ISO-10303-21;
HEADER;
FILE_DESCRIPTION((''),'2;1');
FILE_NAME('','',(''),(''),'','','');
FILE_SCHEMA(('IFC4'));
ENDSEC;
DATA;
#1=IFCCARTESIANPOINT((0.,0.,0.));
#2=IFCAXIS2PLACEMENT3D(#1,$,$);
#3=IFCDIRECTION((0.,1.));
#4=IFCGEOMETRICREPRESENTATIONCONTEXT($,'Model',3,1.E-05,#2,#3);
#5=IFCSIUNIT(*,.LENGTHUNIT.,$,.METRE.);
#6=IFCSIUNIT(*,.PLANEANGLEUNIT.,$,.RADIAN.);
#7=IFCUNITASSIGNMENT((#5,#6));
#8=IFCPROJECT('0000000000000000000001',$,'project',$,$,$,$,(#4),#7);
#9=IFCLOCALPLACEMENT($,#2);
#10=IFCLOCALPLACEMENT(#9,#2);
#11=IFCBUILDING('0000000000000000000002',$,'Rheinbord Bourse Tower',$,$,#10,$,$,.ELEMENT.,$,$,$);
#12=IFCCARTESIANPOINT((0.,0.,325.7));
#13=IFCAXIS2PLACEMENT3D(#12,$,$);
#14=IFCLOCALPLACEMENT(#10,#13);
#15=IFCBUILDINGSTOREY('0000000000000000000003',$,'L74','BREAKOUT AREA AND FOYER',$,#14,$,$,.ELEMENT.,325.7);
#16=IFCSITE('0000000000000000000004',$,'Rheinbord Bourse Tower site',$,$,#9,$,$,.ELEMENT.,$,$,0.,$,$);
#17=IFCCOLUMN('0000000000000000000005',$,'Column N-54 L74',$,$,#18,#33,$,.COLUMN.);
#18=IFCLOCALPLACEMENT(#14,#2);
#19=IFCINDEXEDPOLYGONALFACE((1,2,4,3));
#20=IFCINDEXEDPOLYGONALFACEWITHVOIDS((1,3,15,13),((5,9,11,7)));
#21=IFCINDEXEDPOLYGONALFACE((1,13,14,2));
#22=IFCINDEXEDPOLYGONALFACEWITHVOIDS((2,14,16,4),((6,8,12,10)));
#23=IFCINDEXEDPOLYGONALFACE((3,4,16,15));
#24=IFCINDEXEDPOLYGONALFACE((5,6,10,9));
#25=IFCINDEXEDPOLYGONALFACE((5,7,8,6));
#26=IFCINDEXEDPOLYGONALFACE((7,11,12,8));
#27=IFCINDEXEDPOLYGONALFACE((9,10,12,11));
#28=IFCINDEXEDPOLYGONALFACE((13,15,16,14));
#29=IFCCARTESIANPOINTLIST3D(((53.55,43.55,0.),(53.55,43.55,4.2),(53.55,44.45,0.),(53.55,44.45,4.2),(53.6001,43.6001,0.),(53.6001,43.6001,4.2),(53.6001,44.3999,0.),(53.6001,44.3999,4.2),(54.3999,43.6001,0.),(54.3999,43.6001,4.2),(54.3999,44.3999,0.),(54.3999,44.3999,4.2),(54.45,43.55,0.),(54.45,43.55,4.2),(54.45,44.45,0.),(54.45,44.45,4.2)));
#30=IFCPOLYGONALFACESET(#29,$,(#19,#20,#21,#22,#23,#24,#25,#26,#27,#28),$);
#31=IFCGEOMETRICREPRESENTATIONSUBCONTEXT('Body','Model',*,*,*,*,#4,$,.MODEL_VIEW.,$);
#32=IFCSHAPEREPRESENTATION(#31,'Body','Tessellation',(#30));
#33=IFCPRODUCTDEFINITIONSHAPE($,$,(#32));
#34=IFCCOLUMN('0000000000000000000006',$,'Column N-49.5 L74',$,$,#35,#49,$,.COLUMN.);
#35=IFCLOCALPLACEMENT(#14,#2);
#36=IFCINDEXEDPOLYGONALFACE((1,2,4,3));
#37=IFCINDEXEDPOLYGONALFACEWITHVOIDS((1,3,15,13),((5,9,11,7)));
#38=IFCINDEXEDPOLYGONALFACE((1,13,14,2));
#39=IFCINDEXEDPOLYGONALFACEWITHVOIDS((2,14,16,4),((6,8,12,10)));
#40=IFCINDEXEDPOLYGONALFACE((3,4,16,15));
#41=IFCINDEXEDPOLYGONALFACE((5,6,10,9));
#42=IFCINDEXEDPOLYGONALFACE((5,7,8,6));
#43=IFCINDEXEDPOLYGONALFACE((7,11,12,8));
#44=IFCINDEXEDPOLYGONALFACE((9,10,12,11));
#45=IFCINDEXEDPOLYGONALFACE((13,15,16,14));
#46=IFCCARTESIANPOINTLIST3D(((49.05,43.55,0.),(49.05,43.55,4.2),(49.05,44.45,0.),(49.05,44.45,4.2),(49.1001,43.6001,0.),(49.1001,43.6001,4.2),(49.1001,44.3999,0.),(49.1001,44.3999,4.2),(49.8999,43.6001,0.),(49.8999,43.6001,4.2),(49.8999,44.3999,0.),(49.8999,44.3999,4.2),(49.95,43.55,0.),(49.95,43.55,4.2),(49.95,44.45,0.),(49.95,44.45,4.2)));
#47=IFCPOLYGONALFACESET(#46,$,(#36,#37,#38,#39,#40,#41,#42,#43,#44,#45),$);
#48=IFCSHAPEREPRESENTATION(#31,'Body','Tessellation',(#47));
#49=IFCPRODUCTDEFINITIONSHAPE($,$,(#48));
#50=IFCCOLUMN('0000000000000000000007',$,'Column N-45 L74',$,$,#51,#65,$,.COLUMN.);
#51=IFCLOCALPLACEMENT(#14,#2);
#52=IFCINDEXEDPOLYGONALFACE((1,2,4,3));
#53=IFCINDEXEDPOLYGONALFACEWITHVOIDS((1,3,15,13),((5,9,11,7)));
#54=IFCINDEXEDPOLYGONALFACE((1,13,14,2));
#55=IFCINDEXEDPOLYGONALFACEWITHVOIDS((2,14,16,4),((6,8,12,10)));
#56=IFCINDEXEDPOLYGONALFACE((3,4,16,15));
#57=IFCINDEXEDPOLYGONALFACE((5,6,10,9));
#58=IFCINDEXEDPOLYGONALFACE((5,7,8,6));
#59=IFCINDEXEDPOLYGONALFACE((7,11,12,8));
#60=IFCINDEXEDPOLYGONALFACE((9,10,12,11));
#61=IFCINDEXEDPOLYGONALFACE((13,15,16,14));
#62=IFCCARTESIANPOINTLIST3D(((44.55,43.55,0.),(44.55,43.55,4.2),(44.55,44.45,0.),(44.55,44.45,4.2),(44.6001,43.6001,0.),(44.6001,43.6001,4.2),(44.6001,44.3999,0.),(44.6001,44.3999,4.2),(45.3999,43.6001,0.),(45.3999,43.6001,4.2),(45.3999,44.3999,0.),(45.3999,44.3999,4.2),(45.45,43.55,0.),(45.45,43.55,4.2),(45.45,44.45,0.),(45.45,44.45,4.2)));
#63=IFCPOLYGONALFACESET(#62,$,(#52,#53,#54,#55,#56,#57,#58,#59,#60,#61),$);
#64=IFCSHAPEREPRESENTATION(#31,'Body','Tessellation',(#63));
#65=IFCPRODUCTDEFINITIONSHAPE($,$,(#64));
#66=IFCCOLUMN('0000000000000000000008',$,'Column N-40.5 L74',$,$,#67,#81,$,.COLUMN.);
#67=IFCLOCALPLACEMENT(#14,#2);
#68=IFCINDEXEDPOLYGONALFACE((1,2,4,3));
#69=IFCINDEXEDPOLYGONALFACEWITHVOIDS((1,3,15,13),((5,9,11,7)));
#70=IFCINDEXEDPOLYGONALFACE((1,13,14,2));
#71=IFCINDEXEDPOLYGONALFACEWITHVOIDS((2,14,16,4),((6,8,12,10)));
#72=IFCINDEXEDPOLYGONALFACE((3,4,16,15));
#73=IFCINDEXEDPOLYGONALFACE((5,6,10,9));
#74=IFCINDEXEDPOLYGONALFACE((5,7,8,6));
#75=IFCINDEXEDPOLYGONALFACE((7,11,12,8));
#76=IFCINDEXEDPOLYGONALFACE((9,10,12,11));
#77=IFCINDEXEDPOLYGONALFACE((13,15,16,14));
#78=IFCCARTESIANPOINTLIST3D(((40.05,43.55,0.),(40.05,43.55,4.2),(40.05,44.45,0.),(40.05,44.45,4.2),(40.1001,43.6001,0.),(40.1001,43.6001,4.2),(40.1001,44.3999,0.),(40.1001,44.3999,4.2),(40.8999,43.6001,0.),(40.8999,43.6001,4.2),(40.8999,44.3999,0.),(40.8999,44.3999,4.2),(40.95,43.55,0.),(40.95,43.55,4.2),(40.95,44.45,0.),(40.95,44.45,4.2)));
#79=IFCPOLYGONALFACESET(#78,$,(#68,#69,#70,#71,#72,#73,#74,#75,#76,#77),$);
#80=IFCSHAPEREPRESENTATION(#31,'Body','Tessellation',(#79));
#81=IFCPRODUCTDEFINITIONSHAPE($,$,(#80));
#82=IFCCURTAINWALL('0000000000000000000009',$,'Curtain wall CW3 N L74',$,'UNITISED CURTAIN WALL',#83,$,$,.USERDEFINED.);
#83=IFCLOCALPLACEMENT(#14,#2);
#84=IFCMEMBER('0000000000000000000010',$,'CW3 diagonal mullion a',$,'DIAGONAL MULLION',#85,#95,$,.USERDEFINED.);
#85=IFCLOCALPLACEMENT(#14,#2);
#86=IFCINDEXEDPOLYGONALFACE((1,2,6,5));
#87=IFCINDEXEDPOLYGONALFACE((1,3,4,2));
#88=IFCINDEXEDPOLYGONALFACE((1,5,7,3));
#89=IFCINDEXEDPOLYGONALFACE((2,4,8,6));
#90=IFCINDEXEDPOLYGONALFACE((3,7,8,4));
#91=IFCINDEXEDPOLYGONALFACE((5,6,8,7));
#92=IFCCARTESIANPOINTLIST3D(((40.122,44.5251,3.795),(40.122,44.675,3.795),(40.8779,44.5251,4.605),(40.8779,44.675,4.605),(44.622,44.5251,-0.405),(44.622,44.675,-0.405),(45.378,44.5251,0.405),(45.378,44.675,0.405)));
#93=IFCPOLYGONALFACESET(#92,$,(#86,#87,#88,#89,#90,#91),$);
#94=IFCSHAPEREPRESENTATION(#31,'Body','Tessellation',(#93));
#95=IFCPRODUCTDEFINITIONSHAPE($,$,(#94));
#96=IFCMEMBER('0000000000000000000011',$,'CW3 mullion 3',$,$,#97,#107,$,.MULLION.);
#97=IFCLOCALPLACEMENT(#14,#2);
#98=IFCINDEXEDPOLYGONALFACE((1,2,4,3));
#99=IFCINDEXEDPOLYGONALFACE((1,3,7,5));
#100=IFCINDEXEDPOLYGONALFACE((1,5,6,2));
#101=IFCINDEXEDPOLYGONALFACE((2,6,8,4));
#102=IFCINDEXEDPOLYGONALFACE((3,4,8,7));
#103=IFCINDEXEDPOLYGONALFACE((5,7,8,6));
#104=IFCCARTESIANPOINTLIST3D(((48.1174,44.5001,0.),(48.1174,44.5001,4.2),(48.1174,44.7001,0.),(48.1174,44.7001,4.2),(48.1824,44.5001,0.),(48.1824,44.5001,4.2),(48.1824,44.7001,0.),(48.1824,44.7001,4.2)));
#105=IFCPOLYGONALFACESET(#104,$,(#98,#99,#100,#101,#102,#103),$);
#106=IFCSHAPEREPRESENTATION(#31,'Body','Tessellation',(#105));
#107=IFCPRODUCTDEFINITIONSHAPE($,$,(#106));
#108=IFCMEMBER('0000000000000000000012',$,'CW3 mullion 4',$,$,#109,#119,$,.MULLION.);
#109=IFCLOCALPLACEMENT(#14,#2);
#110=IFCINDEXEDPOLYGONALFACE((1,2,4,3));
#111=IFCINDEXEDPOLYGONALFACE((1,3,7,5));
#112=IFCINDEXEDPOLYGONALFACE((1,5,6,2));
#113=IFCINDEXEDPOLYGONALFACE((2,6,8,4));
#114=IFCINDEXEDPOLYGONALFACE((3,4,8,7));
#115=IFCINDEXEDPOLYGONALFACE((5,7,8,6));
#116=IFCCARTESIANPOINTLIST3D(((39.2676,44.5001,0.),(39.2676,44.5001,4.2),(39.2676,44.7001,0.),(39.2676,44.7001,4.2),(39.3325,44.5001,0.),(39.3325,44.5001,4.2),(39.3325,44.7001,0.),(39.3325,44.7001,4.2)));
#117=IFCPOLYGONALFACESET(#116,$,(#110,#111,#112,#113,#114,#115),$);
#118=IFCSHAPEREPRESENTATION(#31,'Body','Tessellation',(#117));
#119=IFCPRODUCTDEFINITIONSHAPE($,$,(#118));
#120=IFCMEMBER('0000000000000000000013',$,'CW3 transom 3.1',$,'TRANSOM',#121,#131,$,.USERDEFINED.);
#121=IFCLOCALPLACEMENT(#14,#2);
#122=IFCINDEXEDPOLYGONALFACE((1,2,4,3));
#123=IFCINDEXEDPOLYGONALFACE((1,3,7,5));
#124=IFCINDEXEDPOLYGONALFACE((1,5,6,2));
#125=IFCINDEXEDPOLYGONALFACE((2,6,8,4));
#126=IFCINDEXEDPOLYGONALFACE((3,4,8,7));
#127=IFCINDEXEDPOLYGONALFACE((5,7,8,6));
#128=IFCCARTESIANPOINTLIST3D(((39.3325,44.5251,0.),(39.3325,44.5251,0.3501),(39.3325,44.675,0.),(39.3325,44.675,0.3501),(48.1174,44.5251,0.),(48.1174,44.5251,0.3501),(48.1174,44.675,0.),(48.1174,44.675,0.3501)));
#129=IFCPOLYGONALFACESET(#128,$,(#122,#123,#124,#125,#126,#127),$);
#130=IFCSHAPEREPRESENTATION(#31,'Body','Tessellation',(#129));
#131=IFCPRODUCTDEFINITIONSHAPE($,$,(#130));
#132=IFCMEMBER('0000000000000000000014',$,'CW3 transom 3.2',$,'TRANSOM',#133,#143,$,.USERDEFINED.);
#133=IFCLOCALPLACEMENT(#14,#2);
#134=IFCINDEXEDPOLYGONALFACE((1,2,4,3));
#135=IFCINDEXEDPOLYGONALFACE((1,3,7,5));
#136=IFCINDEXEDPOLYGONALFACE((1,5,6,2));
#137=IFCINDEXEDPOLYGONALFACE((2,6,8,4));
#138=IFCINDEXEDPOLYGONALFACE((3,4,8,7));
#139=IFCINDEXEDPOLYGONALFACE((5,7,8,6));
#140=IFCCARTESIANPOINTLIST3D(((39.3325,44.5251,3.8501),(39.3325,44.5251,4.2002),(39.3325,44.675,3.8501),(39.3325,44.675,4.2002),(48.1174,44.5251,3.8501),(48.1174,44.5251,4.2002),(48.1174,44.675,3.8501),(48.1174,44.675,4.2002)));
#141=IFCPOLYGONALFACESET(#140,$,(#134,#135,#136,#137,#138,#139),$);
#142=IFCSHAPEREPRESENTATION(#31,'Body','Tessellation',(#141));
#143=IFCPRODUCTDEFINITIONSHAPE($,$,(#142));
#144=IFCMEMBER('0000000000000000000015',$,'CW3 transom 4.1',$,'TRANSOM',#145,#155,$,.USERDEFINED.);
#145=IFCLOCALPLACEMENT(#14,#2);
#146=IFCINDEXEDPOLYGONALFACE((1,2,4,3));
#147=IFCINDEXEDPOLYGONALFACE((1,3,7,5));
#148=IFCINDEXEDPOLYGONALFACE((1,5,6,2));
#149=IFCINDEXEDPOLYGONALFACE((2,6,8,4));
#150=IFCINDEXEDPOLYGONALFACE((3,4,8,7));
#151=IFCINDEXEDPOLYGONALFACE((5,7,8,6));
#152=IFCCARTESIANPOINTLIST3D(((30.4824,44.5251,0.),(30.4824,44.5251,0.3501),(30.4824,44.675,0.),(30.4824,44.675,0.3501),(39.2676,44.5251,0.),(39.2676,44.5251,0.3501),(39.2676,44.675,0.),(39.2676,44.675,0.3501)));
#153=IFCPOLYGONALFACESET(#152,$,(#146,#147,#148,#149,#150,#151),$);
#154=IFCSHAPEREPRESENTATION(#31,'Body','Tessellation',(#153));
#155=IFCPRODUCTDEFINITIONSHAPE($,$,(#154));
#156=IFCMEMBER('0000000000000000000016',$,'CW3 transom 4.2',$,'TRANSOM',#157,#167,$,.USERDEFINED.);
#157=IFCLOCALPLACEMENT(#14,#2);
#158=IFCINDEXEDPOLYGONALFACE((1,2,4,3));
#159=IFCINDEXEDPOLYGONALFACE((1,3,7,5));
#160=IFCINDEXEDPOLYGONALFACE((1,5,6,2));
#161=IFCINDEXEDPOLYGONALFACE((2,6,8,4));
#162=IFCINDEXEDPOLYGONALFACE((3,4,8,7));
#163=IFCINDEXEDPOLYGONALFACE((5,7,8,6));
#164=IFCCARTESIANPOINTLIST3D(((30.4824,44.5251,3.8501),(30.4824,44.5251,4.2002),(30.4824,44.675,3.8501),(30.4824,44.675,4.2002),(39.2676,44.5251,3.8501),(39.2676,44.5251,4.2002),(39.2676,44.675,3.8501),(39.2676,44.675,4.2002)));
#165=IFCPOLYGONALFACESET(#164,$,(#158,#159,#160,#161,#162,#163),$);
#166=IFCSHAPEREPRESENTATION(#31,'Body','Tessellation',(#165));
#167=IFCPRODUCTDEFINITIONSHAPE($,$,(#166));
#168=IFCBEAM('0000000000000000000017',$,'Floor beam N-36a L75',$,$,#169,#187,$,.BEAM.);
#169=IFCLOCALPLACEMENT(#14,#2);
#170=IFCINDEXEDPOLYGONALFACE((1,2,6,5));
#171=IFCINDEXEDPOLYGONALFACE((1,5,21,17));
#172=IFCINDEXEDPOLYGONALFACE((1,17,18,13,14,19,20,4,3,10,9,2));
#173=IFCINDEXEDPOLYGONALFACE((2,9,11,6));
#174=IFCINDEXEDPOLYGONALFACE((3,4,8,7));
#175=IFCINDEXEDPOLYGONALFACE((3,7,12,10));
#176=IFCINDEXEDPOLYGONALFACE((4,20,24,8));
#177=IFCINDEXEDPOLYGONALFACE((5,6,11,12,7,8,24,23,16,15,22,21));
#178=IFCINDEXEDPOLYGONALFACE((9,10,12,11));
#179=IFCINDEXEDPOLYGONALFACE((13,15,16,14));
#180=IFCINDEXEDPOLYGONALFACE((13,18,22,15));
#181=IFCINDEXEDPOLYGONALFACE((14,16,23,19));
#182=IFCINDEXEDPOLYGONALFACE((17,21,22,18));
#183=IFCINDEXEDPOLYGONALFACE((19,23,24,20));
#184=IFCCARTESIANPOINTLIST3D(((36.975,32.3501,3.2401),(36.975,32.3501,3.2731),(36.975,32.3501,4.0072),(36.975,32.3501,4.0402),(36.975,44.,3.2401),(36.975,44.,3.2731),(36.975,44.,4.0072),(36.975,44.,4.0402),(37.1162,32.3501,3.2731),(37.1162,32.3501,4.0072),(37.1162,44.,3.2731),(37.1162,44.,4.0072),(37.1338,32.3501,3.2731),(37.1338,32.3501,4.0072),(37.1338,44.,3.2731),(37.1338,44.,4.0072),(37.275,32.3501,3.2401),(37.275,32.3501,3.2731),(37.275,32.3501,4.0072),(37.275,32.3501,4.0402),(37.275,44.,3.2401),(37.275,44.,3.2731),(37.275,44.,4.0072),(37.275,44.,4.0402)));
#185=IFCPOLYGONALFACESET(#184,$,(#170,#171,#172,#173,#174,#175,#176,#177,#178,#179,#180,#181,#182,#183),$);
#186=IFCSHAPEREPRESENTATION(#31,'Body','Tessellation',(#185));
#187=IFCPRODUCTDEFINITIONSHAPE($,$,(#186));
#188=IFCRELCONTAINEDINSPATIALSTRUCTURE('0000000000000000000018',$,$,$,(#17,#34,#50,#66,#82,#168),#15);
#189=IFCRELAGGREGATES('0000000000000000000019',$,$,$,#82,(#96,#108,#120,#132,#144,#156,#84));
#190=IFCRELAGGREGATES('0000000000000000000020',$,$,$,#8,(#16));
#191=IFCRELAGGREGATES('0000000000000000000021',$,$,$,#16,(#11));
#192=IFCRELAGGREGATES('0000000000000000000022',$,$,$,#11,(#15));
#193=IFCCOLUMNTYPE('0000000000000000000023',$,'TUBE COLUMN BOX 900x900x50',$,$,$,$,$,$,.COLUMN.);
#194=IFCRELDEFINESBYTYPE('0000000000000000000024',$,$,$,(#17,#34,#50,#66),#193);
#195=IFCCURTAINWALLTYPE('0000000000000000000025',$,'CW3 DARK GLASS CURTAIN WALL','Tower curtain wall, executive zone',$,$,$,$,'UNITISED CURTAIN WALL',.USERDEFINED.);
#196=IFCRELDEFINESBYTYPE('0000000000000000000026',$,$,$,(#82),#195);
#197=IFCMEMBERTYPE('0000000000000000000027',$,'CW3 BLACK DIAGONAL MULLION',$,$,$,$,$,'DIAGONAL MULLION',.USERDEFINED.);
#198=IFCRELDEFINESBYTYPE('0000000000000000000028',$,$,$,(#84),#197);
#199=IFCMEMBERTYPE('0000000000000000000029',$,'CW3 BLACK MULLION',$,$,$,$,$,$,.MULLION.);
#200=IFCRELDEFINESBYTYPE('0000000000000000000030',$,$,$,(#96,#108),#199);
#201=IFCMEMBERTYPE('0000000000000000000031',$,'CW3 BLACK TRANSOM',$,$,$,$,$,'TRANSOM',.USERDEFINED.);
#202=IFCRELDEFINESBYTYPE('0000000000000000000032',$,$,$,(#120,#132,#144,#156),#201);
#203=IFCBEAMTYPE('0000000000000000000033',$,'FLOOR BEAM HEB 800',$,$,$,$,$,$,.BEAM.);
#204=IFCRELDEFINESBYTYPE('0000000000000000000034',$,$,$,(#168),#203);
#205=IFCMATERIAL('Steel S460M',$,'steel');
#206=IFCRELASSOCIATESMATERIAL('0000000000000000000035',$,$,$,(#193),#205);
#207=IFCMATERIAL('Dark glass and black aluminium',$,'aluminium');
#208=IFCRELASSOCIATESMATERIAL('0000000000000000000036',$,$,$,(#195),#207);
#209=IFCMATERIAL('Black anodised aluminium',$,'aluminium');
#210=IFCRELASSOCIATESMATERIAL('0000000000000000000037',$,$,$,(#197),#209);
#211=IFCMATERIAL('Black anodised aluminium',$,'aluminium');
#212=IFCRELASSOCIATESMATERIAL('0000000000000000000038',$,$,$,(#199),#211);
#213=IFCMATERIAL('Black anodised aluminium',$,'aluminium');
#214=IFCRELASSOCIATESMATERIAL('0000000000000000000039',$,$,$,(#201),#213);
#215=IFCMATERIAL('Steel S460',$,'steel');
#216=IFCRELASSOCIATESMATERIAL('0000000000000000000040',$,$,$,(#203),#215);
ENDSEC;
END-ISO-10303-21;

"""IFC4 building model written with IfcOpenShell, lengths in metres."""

from ifc_helpers import new_model, si_unit, direction, frame, origin, origin_2d, place, context, subcontext, project, spatial, rectangle, hollow_rectangle, i_section, extrude, material, material_profile, profile_set, type_object, element, aggregate, save


model = new_model("IFC4")

# Units and contexts
model_context = context("Model", 3, precision=1e-05, world=origin(), true_north=direction((0.0, 1.0)))
body_context = subcontext(model_context, "Body", "Model", "MODEL_VIEW")
ifc_project = project(units=[si_unit("LENGTHUNIT", "METRE"), si_unit("PLANEANGLEUNIT", "RADIAN")], contexts=[model_context])

# Site, building, storey
site_placement = place(None, origin())
site = spatial("IfcSite", under=ifc_project, at=site_placement, Name="Rheinbord Bourse Tower site", CompositionType="ELEMENT", RefElevation=0.0)
building_placement = place(site_placement, origin())
building = spatial("IfcBuilding", under=site, at=building_placement, Name="Rheinbord Bourse Tower", CompositionType="ELEMENT")
storey_placement = place(building_placement, frame((0.0, 0.0, 325.7)))
storey = spatial("IfcBuildingStorey", under=building, at=storey_placement, Name="L74", Description="BREAKOUT AREA AND FOYER", CompositionType="ELEMENT", Elevation=325.7)

# Columns
ifc_material_1 = material(Name="Steel S460M", Category="steel")
ifc_material_profile_1 = material_profile(ifc_material_1, hollow_rectangle(XDim=0.8999, YDim=0.8999, WallThickness=0.05, at=origin_2d()), Name="BOX 900x900x50")
ifc_profile_set_1 = profile_set([ifc_material_profile_1], Name="Steel S460M")
column_type = type_object("IfcColumnType", Name="TUBE COLUMN BOX 900x900x50", PredefinedType="COLUMN", material=ifc_profile_set_1)
for number, where, z_axis, x_axis, name in (
    (1, (54.0, 44.0, 0.0), (0.0, 0.0, 1.0), (0.0, 1.0, 0.0), "Column N-54 L74"),
    (2, (49.5, 44.0, 0.0), (0.0, 0.0, 1.0), (0.0, 1.0, 0.0), "Column N-49.5 L74"),
    (3, (45.0, 44.0, 0.0), (0.0, 0.0, 1.0), (0.0, 1.0, 0.0), "Column N-45 L74"),
    (4, (40.5, 44.0, 0.0), (0.0, 0.0, 1.0), (0.0, 1.0, 0.0), "Column N-40.5 L74"),
):
    element("IfcColumn", number, at=place(storey_placement, frame(where, z_axis=z_axis, x_axis=x_axis)), inside=storey, type_object=column_type, Name=name, PredefinedType="COLUMN", context=body_context, shape_type="SweptSolid", body=[
        extrude(hollow_rectangle(XDim=0.8999, YDim=0.8999, WallThickness=0.05, at=origin_2d()), origin(), (0.0, 0.0, 1.0), 4.2),
    ])

# Curtain wall, members
ifc_material_2 = material(Name="Dark glass and black aluminium", Category="aluminium")
curtain_wall_type = type_object("IfcCurtainWallType", Name="CW3 DARK GLASS CURTAIN WALL", Description="Tower curtain wall, executive zone", ElementType="UNITISED CURTAIN WALL", PredefinedType="USERDEFINED", material=ifc_material_2)
curtain_wall_placement = place(storey_placement, origin())
curtain_wall = element("IfcCurtainWall", 5, at=curtain_wall_placement, inside=storey, type_object=curtain_wall_type, Name="Curtain wall CW3 N L74", ObjectType="UNITISED CURTAIN WALL", PredefinedType="USERDEFINED")
ifc_material_3 = material(Name="Black anodised aluminium", Category="aluminium")
ifc_material_profile_2 = material_profile(ifc_material_3, rectangle(XDim=0.1499, YDim=1.1079, at=origin_2d()), Name="CW3 DIAGONAL MULLION 1108x150")
ifc_profile_set_2 = profile_set([ifc_material_profile_2], Name="Black anodised aluminium")
member_type_1 = type_object("IfcMemberType", Name="CW3 BLACK DIAGONAL MULLION", ElementType="DIAGONAL MULLION", PredefinedType="USERDEFINED", material=ifc_profile_set_2)
member_1_placement = place(storey_placement, frame((45.0, 44.6001, 0.0), z_axis=(-0.731059, 0.0, 0.682314), x_axis=(0.0, -1.0, 0.0)))
member_1 = element("IfcMember", 6, at=member_1_placement, type_object=member_type_1, Name="CW3 diagonal mullion a", ObjectType="DIAGONAL MULLION", PredefinedType="USERDEFINED", context=body_context, shape_type="SweptSolid", body=[
    extrude(rectangle(XDim=0.1499, YDim=1.1079, at=origin_2d()), origin(), (0.0, 0.0, 1.0), 6.1555),
])
ifc_material_4 = material(Name="Black anodised aluminium", Category="aluminium")
ifc_material_profile_3 = material_profile(ifc_material_4, rectangle(XDim=0.2, YDim=0.0649, at=origin_2d()), Name="CW3 MULLION 65x200")
ifc_profile_set_3 = profile_set([ifc_material_profile_3], Name="Black anodised aluminium")
member_type_2 = type_object("IfcMemberType", Name="CW3 BLACK MULLION", PredefinedType="MULLION", material=ifc_profile_set_3)
member_2_placement = place(storey_placement, frame((48.1499, 44.6001, 0.0), z_axis=(0.0, 0.0, 1.0), x_axis=(0.0, -1.0, 0.0)))
member_2 = element("IfcMember", 7, at=member_2_placement, type_object=member_type_2, Name="CW3 mullion 3", PredefinedType="MULLION", context=body_context, shape_type="SweptSolid", body=[
    extrude(rectangle(XDim=0.2, YDim=0.0649, at=origin_2d()), origin(), (0.0, 0.0, 1.0), 4.2),
])
member_3_placement = place(storey_placement, frame((39.3, 44.6001, 0.0), z_axis=(0.0, 0.0, 1.0), x_axis=(0.0, -1.0, 0.0)))
member_3 = element("IfcMember", 8, at=member_3_placement, type_object=member_type_2, Name="CW3 mullion 4", PredefinedType="MULLION", context=body_context, shape_type="SweptSolid", body=[
    extrude(rectangle(XDim=0.2, YDim=0.0649, at=origin_2d()), origin(), (0.0, 0.0, 1.0), 4.2),
])
ifc_material_5 = material(Name="Black anodised aluminium", Category="aluminium")
ifc_material_profile_4 = material_profile(ifc_material_5, rectangle(XDim=0.1499, YDim=0.3501, at=origin_2d()), Name="CW3 TRANSOM 350x150")
ifc_profile_set_4 = profile_set([ifc_material_profile_4], Name="Black anodised aluminium")
member_type_3 = type_object("IfcMemberType", Name="CW3 BLACK TRANSOM", ElementType="TRANSOM", PredefinedType="USERDEFINED", material=ifc_profile_set_4)
member_4_placement = place(storey_placement, frame((48.1174, 44.6001, 0.175), z_axis=(-1.0, 0.0, 0.0), x_axis=(0.0, -1.0, 0.0)))
member_4 = element("IfcMember", 9, at=member_4_placement, type_object=member_type_3, Name="CW3 transom 3.1", ObjectType="TRANSOM", PredefinedType="USERDEFINED", context=body_context, shape_type="SweptSolid", body=[
    extrude(rectangle(XDim=0.1499, YDim=0.3501, at=origin_2d()), origin(), (0.0, 0.0, 1.0), 8.7849),
])
member_5_placement = place(storey_placement, frame((48.1174, 44.6001, 4.0251), z_axis=(-1.0, 0.0, 0.0), x_axis=(0.0, -1.0, 0.0)))
member_5 = element("IfcMember", 10, at=member_5_placement, type_object=member_type_3, Name="CW3 transom 3.2", ObjectType="TRANSOM", PredefinedType="USERDEFINED", context=body_context, shape_type="SweptSolid", body=[
    extrude(rectangle(XDim=0.1499, YDim=0.3501, at=origin_2d()), origin(), (0.0, 0.0, 1.0), 8.7849),
])
member_6_placement = place(storey_placement, frame((39.2676, 44.6001, 0.175), z_axis=(-1.0, 0.0, 0.0), x_axis=(0.0, -1.0, 0.0)))
member_6 = element("IfcMember", 11, at=member_6_placement, type_object=member_type_3, Name="CW3 transom 4.1", ObjectType="TRANSOM", PredefinedType="USERDEFINED", context=body_context, shape_type="SweptSolid", body=[
    extrude(rectangle(XDim=0.1499, YDim=0.3501, at=origin_2d()), origin(), (0.0, 0.0, 1.0), 8.7852),
])
member_7_placement = place(storey_placement, frame((39.2676, 44.6001, 4.0251), z_axis=(-1.0, 0.0, 0.0), x_axis=(0.0, -1.0, 0.0)))
member_7 = element("IfcMember", 12, at=member_7_placement, type_object=member_type_3, Name="CW3 transom 4.2", ObjectType="TRANSOM", PredefinedType="USERDEFINED", context=body_context, shape_type="SweptSolid", body=[
    extrude(rectangle(XDim=0.1499, YDim=0.3501, at=origin_2d()), origin(), (0.0, 0.0, 1.0), 8.7852),
])

# Beam
ifc_material_6 = material(Name="Steel S460", Category="steel")
ifc_material_profile_5 = material_profile(ifc_material_6, i_section(OverallWidth=0.3, OverallDepth=0.8, WebThickness=0.0176, FlangeThickness=0.033, at=origin_2d()), Name="HEB 800")
ifc_profile_set_5 = profile_set([ifc_material_profile_5], Name="Steel S460")
beam_type_1 = type_object("IfcBeamType", Name="FLOOR BEAM HEB 800", PredefinedType="BEAM", material=ifc_profile_set_5)
for number, where, z_axis, x_axis, name in (
    (13, (37.125, 44.0, 3.6401), (0.0, -1.0, 0.0), (1.0, 0.0, 0.0), "Floor beam N-36a L75"),
):
    element("IfcBeam", number, at=place(storey_placement, frame(where, z_axis=z_axis, x_axis=x_axis)), inside=storey, type_object=beam_type_1, Name=name, PredefinedType="BEAM", context=body_context, shape_type="SweptSolid", body=[
        extrude(i_section(OverallWidth=0.3, OverallDepth=0.8, WebThickness=0.0176, FlangeThickness=0.033, at=origin_2d()), origin(), (0.0, 0.0, 1.0), 11.6499),
    ])

aggregate(curtain_wall, [member_2, member_3, member_4, member_5, member_6, member_7, member_1])

save(model, "model.ifc")
